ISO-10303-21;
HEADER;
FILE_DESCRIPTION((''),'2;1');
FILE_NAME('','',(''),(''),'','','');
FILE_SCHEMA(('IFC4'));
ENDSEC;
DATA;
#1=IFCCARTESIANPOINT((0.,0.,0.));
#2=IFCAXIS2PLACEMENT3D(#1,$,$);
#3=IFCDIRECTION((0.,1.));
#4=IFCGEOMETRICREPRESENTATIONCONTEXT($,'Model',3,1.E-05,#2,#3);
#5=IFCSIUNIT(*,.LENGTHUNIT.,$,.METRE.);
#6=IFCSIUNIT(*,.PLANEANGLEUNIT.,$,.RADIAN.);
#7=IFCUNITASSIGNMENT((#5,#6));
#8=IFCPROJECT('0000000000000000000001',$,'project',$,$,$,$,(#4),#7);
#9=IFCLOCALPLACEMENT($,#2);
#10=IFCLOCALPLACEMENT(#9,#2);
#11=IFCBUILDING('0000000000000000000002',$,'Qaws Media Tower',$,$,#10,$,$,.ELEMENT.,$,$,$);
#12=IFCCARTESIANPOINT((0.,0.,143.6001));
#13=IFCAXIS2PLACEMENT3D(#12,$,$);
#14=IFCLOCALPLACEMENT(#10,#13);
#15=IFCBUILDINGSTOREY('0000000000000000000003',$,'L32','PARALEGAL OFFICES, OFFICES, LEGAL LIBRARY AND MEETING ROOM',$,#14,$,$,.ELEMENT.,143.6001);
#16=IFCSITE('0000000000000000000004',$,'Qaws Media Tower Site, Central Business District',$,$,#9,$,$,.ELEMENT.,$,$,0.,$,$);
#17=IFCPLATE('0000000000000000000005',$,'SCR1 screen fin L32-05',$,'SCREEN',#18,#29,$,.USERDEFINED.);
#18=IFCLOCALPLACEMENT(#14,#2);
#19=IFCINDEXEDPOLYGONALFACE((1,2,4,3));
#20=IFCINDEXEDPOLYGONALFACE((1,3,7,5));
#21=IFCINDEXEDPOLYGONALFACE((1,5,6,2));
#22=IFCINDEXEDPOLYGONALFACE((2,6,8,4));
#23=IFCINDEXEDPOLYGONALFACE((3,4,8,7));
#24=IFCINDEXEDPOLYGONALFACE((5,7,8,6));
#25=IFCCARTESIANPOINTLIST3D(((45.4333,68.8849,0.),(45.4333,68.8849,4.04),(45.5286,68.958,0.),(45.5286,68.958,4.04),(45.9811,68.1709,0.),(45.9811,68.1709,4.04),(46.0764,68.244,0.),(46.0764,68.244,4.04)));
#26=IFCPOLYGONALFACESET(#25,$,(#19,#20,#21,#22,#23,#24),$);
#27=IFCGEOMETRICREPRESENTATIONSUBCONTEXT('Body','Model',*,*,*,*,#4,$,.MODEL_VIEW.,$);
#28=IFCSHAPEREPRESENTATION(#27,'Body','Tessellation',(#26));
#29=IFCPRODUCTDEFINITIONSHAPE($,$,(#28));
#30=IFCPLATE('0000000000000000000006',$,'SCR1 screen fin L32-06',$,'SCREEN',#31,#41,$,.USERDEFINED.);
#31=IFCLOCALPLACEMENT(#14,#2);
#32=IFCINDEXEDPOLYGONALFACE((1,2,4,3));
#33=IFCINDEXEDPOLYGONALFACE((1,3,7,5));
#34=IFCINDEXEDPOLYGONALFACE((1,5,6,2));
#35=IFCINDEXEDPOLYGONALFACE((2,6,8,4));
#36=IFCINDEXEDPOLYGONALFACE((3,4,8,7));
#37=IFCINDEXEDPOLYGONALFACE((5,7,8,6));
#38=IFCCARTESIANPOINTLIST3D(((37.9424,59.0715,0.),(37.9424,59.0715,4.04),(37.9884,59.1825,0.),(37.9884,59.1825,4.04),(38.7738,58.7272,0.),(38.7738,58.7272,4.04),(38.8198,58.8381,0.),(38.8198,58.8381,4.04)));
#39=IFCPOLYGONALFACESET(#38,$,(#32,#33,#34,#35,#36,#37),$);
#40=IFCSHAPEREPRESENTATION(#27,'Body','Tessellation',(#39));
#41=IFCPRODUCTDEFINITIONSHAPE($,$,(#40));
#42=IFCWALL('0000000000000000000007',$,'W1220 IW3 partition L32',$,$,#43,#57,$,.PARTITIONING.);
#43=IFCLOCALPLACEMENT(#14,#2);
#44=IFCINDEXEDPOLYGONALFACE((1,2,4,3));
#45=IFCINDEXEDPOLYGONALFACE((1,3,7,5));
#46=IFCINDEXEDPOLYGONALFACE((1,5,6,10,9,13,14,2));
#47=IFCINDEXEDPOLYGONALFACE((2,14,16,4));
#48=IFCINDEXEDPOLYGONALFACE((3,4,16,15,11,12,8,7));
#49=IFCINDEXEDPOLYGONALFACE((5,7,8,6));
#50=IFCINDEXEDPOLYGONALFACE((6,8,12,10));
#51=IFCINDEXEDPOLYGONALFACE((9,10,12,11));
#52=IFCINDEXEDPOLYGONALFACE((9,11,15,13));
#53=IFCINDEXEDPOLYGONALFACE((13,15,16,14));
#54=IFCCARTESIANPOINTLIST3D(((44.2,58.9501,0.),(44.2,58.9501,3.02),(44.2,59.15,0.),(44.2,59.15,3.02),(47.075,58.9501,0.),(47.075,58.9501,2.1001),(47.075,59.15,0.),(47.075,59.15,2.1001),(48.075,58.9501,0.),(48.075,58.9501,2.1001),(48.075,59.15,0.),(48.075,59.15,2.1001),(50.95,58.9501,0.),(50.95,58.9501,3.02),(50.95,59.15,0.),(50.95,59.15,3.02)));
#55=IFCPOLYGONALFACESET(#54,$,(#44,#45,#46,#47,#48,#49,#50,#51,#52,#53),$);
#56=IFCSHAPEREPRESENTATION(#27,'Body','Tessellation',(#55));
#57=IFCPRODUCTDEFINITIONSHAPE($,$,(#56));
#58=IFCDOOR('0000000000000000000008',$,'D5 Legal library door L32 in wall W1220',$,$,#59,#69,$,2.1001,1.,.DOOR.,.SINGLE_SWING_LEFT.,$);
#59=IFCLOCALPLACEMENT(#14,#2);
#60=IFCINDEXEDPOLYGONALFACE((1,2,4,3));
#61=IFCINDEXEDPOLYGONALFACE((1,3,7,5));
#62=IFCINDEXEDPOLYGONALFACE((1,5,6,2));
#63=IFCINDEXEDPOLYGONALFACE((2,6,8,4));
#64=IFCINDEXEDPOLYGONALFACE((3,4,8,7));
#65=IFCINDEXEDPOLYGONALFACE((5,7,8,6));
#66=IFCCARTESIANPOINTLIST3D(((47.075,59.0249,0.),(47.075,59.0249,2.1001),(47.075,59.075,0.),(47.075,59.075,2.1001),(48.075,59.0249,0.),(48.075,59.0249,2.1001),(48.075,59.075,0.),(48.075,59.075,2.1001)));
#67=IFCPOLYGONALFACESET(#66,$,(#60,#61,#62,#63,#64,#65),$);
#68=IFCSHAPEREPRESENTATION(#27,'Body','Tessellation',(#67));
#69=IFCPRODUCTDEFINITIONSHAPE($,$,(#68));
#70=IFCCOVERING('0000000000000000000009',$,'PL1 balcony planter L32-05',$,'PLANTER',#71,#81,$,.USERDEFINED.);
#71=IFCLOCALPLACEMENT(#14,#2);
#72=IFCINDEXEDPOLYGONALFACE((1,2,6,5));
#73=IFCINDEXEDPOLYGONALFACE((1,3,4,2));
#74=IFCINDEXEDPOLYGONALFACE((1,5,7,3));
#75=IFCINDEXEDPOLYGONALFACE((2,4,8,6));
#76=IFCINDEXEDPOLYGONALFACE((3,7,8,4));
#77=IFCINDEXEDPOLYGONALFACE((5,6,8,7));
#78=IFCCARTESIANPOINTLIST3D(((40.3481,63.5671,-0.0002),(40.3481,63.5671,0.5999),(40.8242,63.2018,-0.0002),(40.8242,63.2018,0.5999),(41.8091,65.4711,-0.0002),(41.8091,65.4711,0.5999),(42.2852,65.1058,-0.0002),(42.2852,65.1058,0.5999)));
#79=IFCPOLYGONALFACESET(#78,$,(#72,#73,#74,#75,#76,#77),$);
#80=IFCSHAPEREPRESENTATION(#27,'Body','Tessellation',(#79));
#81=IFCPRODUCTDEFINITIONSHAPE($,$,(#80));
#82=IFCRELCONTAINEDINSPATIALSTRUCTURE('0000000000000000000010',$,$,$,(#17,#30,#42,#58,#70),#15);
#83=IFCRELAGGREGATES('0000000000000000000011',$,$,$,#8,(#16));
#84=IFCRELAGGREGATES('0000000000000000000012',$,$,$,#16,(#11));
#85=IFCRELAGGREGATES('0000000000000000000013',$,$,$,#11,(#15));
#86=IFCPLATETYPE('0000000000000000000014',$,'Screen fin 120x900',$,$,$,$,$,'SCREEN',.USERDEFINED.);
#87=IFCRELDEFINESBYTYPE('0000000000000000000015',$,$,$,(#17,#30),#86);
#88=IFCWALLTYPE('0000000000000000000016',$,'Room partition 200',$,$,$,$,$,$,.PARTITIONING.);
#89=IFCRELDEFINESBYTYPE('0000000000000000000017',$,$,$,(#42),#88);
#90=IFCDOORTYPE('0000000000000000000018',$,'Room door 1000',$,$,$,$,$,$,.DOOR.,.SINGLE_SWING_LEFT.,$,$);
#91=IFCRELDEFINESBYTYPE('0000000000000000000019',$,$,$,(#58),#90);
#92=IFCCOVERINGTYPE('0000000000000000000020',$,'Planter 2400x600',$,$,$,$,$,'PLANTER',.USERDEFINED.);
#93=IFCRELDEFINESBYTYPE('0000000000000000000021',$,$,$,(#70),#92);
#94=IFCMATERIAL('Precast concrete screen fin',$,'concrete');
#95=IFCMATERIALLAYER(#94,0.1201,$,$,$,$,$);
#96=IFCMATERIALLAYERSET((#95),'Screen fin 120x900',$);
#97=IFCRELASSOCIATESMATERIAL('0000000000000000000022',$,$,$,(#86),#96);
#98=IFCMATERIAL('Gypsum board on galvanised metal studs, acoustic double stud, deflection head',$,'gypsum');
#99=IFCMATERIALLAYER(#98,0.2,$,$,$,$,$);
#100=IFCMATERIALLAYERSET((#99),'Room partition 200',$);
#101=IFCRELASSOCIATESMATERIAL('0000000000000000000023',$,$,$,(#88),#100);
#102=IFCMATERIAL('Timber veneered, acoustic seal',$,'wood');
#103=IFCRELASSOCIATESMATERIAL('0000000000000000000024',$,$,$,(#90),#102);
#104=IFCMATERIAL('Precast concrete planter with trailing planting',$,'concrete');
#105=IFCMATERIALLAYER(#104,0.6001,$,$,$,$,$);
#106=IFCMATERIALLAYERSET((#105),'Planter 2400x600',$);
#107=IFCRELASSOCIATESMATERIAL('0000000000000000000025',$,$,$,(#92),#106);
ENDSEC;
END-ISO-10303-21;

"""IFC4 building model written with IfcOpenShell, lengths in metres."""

from ifc_helpers import new_model, si_unit, direction, frame, frame_2d, origin, origin_2d, place, context, subcontext, project, spatial, rectangle, extrude, material, layer, layer_set, type_object, element, fill, save


model = new_model("IFC4")

# Units and contexts
model_context = context("Model", 3, precision=1e-05, world=origin(), true_north=direction((0.0, 1.0)))
body_context = subcontext(model_context, "Body", "Model", "MODEL_VIEW")
ifc_project = project(units=[si_unit("LENGTHUNIT", "METRE"), si_unit("PLANEANGLEUNIT", "RADIAN")], contexts=[model_context])

# Site, building, storey
site_placement = place(None, origin())
site = spatial("IfcSite", under=ifc_project, at=site_placement, Name="Qaws Media Tower Site, Central Business District", CompositionType="ELEMENT", RefElevation=0.0)
building_placement = place(site_placement, origin())
building = spatial("IfcBuilding", under=site, at=building_placement, Name="Qaws Media Tower", CompositionType="ELEMENT")
storey_placement = place(building_placement, frame((0.0, 0.0, 143.6001)))
storey = spatial("IfcBuildingStorey", under=building, at=storey_placement, Name="L32", Description="PARALEGAL OFFICES, OFFICES, LEGAL LIBRARY AND MEETING ROOM", CompositionType="ELEMENT", Elevation=143.6001)

# Plates
ifc_material_1 = material(Name="Precast concrete screen fin", Category="concrete")
ifc_layer_1 = layer(ifc_material_1, 0.1201)
ifc_layer_set_1 = layer_set([ifc_layer_1], Name="Screen fin 120x900")
plate_type_1 = type_object("IfcPlateType", Name="Screen fin 120x900", ElementType="SCREEN", PredefinedType="USERDEFINED", material=ifc_layer_set_1)
for number, where, z_axis, x_axis, name in (
    (1, (45.7549, 68.5645, 0.0), (0.0, 0.0, 1.0), (-0.608761, 0.793353, 0.0), "SCR1 screen fin L32-05"),
    (2, (38.3811, 58.9548, 0.0), (0.0, 0.0, 1.0), (-0.92388, 0.382683, 0.0), "SCR1 screen fin L32-06"),
):
    element("IfcPlate", number, at=place(storey_placement, frame(where, z_axis=z_axis, x_axis=x_axis)), inside=storey, type_object=plate_type_1, Name=name, ObjectType="SCREEN", PredefinedType="USERDEFINED", context=body_context, shape_type="SweptSolid", body=[
        extrude(rectangle(XDim=0.8999, YDim=0.1201, at=origin_2d()), origin(), (0.0, 0.0, 1.0), 4.04),
    ])

# Wall, opening, door
ifc_material_2 = material(Name="Gypsum board on galvanised metal studs, acoustic double stud, deflection head", Category="gypsum")
ifc_layer_2 = layer(ifc_material_2, 0.2)
ifc_layer_set_2 = layer_set([ifc_layer_2], Name="Room partition 200")
wall_type = type_object("IfcWallType", Name="Room partition 200", PredefinedType="PARTITIONING", material=ifc_layer_set_2)
wall_placement = place(storey_placement, frame((44.2, 59.05, 0.0), z_axis=(0.0, 0.0, 1.0), x_axis=(1.0, 0.0, 0.0)))
wall = element("IfcWall", 3, at=wall_placement, inside=storey, type_object=wall_type, Name="W1220 IW3 partition L32", PredefinedType="PARTITIONING", context=body_context, shape_type="SweptSolid", body=[
    extrude(rectangle(XDim=6.75, YDim=0.2, at=frame_2d((3.375, 0.0))), origin(), (0.0, 0.0, 1.0), 3.02),
])
opening_placement = place(wall_placement, frame((2.875, 0.0, 0.0)))
opening = element("IfcOpeningElement", 4, at=opening_placement, cuts=wall, PredefinedType="OPENING", context=body_context, shape_type="SweptSolid", body=[
    extrude(rectangle(XDim=1.0, YDim=2.1001, at=frame_2d((0.5, 1.05))), frame((0.0, 0.1099, 0.0), z_axis=(0.0, -1.0, 0.0), x_axis=(1.0, 0.0, 0.0)), (0.0, 0.0, 1.0), 0.22),
])
ifc_material_3 = material(Name="Timber veneered, acoustic seal", Category="wood")
door_type = type_object("IfcDoorType", Name="Room door 1000", OperationType="SINGLE_SWING_LEFT", PredefinedType="DOOR", material=ifc_material_3)
door_placement = place(opening_placement, origin())
door = element("IfcDoor", 5, at=door_placement, inside=storey, type_object=door_type, Name="D5 Legal library door L32 in wall W1220", OperationType="SINGLE_SWING_LEFT", OverallHeight=2.1001, OverallWidth=1.0, PredefinedType="DOOR", context=body_context, shape_type="SweptSolid", body=[
    extrude(rectangle(XDim=1.0, YDim=2.1001, at=frame_2d((0.5, 1.05))), frame((0.0, 0.0249, 0.0), z_axis=(0.0, -1.0, 0.0), x_axis=(1.0, 0.0, 0.0)), (0.0, 0.0, 1.0), 0.05),
])
fill(opening, door)

# Covering
ifc_material_4 = material(Name="Precast concrete planter with trailing planting", Category="concrete")
ifc_layer_3 = layer(ifc_material_4, 0.6001)
ifc_layer_set_3 = layer_set([ifc_layer_3], Name="Planter 2400x600")
covering_type = type_object("IfcCoveringType", Name="Planter 2400x600", ElementType="PLANTER", PredefinedType="USERDEFINED", material=ifc_layer_set_3)
covering_placement = place(storey_placement, frame((41.3167, 64.3364, -0.0002), z_axis=(0.0, 0.0, 1.0), x_axis=(-0.608761, -0.793353, 0.0)))
element("IfcCovering", 6, at=covering_placement, inside=storey, type_object=covering_type, Name="PL1 balcony planter L32-05", ObjectType="PLANTER", PredefinedType="USERDEFINED", context=body_context, shape_type="SweptSolid", body=[
    extrude(rectangle(XDim=2.3999, YDim=0.6001, at=origin_2d()), origin(), (0.0, 0.0, 1.0), 0.6001),
])

save(model, "model.ifc")
